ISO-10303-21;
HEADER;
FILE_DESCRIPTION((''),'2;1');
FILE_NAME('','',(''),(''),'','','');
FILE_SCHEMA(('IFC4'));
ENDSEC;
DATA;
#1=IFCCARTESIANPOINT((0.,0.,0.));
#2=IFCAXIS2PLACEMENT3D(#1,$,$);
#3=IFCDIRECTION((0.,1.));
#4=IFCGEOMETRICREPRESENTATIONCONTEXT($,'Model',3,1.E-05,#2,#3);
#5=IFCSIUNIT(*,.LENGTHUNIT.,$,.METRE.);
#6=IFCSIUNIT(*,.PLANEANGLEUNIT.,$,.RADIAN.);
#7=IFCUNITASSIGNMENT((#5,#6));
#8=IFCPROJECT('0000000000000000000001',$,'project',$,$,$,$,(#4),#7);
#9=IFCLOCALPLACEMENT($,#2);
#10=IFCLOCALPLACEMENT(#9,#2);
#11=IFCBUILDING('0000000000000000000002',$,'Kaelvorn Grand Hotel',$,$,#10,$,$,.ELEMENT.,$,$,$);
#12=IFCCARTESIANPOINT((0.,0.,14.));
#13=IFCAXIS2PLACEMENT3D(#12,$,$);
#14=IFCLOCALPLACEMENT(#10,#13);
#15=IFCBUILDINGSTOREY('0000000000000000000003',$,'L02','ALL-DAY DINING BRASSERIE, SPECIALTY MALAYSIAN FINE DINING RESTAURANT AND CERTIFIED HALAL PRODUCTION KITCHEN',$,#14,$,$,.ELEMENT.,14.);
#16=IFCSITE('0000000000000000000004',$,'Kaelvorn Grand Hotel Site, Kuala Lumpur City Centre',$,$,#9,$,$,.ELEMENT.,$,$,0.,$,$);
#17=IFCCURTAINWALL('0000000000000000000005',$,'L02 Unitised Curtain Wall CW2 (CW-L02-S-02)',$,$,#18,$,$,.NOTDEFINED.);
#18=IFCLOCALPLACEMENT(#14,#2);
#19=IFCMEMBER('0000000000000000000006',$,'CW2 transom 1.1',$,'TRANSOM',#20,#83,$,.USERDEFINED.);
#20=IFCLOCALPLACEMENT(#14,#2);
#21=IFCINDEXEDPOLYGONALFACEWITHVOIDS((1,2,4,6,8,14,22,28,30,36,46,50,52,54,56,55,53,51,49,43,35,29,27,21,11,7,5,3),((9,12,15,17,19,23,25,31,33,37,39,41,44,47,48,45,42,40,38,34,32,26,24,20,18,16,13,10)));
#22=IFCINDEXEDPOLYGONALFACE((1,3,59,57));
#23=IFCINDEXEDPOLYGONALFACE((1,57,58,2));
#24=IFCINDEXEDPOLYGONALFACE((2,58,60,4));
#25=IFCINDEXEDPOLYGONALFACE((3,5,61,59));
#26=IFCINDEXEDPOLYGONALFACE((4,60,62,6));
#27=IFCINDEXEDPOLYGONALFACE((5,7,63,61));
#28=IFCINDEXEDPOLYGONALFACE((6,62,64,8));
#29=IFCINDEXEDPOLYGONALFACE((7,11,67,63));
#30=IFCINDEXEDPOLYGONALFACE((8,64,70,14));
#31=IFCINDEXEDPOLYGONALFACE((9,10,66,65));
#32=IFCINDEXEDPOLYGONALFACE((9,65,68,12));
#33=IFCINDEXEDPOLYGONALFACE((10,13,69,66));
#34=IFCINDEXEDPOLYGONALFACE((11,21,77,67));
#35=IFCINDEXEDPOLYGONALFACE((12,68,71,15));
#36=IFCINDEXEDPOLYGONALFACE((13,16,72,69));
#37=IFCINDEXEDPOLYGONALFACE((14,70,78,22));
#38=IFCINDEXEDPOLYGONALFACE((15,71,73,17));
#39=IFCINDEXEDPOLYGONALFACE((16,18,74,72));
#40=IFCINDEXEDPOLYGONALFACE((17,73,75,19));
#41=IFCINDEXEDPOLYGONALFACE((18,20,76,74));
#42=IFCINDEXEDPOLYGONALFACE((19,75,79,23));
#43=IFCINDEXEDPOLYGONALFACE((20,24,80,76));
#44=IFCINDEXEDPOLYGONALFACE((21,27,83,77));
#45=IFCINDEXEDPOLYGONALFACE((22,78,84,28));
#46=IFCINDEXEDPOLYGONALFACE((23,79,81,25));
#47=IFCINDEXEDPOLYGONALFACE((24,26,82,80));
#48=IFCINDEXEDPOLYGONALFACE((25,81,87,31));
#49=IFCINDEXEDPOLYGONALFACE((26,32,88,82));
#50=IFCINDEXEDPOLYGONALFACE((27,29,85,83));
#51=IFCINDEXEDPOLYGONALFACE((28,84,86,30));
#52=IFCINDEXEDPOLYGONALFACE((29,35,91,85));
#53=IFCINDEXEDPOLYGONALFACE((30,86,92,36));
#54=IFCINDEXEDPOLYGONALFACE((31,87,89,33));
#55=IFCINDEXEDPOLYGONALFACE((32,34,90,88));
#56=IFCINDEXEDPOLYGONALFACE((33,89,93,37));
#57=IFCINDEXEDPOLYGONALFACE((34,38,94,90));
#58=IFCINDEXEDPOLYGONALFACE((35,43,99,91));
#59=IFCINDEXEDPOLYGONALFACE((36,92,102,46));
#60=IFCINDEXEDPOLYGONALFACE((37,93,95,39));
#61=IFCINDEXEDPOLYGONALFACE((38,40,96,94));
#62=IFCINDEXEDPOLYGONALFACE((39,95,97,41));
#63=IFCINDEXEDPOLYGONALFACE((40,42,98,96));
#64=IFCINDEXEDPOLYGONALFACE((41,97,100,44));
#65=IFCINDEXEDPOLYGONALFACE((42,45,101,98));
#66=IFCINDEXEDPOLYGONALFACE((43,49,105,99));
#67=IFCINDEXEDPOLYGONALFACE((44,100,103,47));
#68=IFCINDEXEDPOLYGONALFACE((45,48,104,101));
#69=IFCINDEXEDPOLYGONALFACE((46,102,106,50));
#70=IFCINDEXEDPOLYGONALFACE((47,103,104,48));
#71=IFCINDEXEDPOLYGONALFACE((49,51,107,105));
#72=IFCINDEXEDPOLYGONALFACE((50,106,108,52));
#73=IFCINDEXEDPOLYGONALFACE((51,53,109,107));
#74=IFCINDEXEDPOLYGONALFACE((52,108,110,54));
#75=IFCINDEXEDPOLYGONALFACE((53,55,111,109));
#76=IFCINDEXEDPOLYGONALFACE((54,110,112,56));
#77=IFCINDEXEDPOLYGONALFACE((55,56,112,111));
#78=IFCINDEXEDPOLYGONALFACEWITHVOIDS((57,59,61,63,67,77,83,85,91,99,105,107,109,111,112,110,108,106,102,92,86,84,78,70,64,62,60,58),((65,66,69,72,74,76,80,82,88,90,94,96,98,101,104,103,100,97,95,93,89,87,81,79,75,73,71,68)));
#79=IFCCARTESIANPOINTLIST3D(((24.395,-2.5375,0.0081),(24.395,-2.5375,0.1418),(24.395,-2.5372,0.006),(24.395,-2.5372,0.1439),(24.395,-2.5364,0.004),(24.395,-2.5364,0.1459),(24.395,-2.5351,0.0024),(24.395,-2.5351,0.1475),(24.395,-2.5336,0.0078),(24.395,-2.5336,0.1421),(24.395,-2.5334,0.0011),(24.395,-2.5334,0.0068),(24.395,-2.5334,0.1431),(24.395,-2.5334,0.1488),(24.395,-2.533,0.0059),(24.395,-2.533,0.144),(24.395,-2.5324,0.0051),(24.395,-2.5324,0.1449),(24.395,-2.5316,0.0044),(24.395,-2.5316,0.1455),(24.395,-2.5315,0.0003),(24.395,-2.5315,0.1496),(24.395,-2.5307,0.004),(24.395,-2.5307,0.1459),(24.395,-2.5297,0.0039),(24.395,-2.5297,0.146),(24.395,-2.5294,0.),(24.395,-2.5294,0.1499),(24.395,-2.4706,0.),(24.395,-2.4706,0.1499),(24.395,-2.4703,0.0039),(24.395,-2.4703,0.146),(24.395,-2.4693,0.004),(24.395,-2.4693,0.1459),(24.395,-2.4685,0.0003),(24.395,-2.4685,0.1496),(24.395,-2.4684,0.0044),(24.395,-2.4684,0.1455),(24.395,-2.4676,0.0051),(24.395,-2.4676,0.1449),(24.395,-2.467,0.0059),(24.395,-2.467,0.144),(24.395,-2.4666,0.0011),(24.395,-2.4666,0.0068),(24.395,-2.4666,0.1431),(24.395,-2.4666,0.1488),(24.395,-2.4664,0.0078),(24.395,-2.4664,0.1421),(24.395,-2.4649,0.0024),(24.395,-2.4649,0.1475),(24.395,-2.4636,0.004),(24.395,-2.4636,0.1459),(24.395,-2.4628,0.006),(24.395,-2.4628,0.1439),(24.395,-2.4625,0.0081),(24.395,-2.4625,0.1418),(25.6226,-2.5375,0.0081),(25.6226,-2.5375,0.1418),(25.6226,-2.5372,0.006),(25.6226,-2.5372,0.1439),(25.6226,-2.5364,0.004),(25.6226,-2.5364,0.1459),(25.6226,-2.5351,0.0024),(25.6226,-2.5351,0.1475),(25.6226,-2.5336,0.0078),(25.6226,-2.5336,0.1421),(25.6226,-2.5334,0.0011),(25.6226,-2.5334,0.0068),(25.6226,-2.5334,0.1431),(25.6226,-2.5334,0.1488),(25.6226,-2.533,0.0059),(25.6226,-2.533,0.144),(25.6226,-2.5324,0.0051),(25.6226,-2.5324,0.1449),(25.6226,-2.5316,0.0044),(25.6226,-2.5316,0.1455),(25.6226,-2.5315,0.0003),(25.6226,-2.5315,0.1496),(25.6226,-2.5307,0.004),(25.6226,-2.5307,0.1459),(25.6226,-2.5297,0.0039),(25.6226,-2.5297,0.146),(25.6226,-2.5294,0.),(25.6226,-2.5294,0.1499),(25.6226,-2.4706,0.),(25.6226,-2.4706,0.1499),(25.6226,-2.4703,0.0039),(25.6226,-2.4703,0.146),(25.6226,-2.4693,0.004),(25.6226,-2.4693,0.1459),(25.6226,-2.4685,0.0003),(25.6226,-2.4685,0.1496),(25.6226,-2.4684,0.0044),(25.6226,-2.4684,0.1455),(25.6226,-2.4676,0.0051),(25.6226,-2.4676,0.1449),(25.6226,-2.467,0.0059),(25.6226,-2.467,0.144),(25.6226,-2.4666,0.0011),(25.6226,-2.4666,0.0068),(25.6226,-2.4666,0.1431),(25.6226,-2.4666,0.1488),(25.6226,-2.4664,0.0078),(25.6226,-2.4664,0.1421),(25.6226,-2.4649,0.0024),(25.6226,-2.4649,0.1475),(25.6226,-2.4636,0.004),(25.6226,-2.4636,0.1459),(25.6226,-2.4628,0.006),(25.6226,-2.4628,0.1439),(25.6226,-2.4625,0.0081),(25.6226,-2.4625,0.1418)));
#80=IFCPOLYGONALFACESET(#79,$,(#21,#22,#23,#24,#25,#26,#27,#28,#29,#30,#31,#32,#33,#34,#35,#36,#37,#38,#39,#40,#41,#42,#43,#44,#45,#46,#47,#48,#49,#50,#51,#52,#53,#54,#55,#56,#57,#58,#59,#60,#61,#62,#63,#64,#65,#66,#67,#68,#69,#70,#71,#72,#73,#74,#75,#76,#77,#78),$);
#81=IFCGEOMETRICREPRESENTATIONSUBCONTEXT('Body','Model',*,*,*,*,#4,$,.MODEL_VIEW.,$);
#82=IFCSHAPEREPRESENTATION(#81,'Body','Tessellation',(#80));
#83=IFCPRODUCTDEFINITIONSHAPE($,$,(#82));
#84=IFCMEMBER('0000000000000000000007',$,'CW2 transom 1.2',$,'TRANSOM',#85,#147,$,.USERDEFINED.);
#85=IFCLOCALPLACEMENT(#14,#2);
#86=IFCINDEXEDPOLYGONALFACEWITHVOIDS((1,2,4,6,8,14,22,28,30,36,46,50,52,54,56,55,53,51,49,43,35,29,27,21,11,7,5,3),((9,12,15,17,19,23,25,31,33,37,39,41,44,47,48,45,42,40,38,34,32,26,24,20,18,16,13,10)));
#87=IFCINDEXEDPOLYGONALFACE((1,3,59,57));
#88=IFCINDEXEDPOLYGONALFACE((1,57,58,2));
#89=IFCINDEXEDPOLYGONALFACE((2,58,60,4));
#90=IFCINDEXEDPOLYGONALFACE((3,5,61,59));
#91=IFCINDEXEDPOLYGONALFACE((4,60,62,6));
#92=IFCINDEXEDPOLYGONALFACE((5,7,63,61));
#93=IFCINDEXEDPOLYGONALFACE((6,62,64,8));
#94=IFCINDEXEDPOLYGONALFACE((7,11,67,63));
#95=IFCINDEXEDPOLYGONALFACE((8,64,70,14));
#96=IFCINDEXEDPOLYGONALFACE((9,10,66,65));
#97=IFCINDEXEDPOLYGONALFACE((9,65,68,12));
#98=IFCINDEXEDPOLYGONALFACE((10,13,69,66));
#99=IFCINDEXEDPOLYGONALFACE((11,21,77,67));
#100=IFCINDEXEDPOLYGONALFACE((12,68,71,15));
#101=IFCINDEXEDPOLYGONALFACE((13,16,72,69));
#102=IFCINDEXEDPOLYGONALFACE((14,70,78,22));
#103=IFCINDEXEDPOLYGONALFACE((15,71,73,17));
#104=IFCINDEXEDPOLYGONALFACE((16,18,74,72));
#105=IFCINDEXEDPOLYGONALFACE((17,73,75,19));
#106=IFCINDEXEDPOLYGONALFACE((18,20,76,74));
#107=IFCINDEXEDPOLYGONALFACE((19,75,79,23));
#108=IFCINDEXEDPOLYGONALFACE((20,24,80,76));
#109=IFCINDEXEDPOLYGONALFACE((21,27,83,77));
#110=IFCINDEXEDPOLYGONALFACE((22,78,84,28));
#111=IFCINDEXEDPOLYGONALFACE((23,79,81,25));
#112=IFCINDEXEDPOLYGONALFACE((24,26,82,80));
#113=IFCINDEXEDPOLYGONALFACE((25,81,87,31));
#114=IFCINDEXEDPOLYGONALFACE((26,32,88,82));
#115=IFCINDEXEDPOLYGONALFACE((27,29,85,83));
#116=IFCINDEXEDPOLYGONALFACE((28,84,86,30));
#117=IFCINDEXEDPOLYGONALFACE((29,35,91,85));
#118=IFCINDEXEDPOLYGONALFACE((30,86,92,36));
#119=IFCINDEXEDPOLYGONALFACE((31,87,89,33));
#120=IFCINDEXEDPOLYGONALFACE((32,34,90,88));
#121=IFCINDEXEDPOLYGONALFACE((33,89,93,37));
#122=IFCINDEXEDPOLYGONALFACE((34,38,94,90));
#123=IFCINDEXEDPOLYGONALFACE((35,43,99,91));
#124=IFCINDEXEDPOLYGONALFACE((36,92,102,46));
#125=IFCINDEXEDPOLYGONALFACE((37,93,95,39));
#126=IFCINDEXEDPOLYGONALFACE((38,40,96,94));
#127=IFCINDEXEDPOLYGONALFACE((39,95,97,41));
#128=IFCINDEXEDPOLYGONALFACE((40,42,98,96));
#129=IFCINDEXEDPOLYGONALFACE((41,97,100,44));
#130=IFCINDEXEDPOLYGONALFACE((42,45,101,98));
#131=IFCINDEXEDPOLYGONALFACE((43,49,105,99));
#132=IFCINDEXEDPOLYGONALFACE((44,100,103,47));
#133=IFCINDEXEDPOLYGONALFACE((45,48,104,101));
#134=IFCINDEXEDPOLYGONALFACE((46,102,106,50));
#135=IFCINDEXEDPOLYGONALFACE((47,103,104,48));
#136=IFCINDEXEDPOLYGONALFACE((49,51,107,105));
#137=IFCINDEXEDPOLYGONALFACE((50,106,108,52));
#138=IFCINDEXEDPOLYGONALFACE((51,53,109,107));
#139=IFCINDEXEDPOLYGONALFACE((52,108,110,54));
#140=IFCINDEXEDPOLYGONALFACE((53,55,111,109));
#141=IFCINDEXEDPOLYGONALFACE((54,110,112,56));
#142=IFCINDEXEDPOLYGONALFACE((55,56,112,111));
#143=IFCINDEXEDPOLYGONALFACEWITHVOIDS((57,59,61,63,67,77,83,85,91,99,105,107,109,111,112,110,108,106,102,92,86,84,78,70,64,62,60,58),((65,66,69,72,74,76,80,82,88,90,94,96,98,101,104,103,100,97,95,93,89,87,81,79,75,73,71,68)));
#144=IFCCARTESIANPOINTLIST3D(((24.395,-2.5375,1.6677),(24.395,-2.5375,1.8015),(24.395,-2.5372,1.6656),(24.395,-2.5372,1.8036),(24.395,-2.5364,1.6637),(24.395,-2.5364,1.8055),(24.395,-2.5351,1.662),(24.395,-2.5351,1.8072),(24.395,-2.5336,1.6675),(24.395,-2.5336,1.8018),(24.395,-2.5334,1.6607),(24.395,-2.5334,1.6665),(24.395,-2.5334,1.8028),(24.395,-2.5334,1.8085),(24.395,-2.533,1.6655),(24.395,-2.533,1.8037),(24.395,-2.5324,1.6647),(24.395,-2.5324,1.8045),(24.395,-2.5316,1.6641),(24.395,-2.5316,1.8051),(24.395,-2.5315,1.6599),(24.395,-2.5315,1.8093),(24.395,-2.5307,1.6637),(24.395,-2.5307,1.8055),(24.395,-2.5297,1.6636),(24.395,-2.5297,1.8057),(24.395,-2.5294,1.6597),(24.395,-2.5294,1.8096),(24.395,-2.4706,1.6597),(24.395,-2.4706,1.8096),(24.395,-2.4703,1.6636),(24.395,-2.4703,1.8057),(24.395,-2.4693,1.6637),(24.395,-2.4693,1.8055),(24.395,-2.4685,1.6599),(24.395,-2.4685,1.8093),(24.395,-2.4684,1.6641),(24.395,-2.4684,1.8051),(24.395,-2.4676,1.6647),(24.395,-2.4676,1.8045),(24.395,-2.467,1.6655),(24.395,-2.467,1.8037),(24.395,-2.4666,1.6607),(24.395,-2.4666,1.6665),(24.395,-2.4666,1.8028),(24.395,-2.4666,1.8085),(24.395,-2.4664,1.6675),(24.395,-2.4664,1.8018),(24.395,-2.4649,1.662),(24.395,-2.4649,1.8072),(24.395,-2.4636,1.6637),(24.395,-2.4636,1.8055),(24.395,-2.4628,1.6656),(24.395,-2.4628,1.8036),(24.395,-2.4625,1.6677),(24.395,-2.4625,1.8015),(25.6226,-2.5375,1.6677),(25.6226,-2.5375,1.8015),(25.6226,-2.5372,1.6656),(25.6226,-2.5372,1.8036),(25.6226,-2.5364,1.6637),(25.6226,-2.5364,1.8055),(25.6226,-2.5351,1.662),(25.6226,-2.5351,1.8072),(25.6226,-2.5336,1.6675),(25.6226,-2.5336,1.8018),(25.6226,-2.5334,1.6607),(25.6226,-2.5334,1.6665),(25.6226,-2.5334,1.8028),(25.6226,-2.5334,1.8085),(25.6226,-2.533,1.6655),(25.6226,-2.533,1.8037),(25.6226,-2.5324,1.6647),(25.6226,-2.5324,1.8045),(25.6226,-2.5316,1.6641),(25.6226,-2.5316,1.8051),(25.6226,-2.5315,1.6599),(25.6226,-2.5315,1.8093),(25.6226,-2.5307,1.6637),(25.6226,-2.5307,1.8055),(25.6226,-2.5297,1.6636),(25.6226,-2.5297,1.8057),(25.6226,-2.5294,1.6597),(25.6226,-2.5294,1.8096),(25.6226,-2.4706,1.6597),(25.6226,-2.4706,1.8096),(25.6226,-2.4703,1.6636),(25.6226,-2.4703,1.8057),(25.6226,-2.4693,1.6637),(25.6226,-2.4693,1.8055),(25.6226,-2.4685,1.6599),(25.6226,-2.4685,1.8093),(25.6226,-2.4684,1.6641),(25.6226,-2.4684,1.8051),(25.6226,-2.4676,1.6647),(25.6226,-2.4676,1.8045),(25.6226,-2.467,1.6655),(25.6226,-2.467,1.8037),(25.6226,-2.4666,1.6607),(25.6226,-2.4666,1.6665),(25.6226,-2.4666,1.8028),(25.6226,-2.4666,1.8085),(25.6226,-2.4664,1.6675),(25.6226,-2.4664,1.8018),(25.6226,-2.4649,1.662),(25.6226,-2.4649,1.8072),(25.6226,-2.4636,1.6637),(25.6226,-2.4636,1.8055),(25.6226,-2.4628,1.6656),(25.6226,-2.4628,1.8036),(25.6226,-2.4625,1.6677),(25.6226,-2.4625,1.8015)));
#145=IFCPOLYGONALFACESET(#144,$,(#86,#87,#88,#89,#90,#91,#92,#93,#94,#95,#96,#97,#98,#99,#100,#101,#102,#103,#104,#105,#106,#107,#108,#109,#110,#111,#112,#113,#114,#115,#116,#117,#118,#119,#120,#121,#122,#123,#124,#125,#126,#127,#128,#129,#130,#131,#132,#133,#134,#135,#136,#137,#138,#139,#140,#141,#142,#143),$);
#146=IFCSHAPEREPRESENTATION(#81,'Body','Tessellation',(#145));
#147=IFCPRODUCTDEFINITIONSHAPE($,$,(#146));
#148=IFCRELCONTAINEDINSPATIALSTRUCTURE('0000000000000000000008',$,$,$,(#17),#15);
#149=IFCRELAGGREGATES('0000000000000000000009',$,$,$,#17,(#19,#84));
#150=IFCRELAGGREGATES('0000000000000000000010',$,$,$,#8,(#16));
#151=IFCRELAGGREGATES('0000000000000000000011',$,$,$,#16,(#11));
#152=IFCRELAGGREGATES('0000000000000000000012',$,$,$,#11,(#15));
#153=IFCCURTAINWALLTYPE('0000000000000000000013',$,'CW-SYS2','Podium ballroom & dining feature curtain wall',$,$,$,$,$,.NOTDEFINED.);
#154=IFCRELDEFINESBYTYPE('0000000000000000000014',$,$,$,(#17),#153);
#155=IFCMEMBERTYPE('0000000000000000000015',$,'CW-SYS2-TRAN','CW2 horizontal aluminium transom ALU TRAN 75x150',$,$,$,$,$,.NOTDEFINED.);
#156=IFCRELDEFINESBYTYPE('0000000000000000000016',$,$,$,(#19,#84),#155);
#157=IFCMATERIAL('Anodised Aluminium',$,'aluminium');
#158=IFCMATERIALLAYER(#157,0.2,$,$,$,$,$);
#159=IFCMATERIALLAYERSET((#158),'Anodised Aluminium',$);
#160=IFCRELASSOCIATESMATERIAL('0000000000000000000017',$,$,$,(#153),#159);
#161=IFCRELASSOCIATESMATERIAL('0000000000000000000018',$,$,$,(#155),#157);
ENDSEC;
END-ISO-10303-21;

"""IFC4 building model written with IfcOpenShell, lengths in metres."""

from ifc_helpers import new_model, si_unit, direction, frame, origin, origin_2d, place, context, subcontext, project, spatial, hollow_rectangle, extrude, material, layer, layer_set, material_profile, profile_set, type_object, element, aggregate, save


model = new_model("IFC4")

# Units and contexts
model_context = context("Model", 3, precision=1e-05, world=origin(), true_north=direction((0.0, 1.0)))
body_context = subcontext(model_context, "Body", "Model", "MODEL_VIEW")
ifc_project = project(units=[si_unit("LENGTHUNIT", "METRE"), si_unit("PLANEANGLEUNIT", "RADIAN")], contexts=[model_context])

# Site, building, storey
site_placement = place(None, origin())
site = spatial("IfcSite", under=ifc_project, at=site_placement, Name="Kaelvorn Grand Hotel Site, Kuala Lumpur City Centre", CompositionType="ELEMENT", RefElevation=0.0)
building_placement = place(site_placement, origin())
building = spatial("IfcBuilding", under=site, at=building_placement, Name="Kaelvorn Grand Hotel", CompositionType="ELEMENT")
storey_placement = place(building_placement, frame((0.0, 0.0, 14.0)))
storey = spatial("IfcBuildingStorey", under=building, at=storey_placement, Name="L02", Description="ALL-DAY DINING BRASSERIE, SPECIALTY MALAYSIAN FINE DINING RESTAURANT AND CERTIFIED HALAL PRODUCTION KITCHEN", CompositionType="ELEMENT", Elevation=14.0)

# Shared definitions
ifc_material_1 = material(Name="Anodised Aluminium", Category="aluminium")
ifc_layer_1 = layer(ifc_material_1, 0.2)
ifc_layer_set_1 = layer_set([ifc_layer_1], Name="Anodised Aluminium")
curtain_wall_type = type_object("IfcCurtainWallType", Name="CW-SYS2", Description="Podium ballroom & dining feature curtain wall", PredefinedType="NOTDEFINED", material=ifc_layer_set_1)

# Curtain wall
curtain_wall_1_placement = place(storey_placement, origin())
curtain_wall_1 = element("IfcCurtainWall", 1, at=curtain_wall_1_placement, inside=storey, type_object=curtain_wall_type, Name="L02 Unitised Curtain Wall CW2 (CW-L02-S-02)", PredefinedType="NOTDEFINED")

# Members
ifc_material_profile_1 = material_profile(ifc_material_1, hollow_rectangle(XDim=0.075, YDim=0.1499, WallThickness=0.0039, InnerFilletRadius=0.0039, OuterFilletRadius=0.0081, at=origin_2d()), Name="ALU TRAN 75x150")
ifc_profile_set_1 = profile_set([ifc_material_profile_1], Name="Anodised Aluminium")
member_type_1 = type_object("IfcMemberType", Name="CW-SYS2-TRAN", Description="CW2 horizontal aluminium transom ALU TRAN 75x150", PredefinedType="NOTDEFINED", material=ifc_profile_set_1)
member_1_placement = place(storey_placement, frame((24.395, -2.5, 0.075), z_axis=(1.0, 0.0, 0.0), x_axis=(0.0, 1.0, 0.0)))
member_1 = element("IfcMember", 2, at=member_1_placement, type_object=member_type_1, Name="CW2 transom 1.1", ObjectType="TRANSOM", PredefinedType="USERDEFINED", context=body_context, shape_type="SweptSolid", body=[
    extrude(hollow_rectangle(XDim=0.075, YDim=0.1499, WallThickness=0.0039, InnerFilletRadius=0.0039, OuterFilletRadius=0.0081, at=origin_2d()), origin(), (0.0, 0.0, 1.0), 1.2275),
])
member_2_placement = place(storey_placement, frame((24.395, -2.5, 1.7346), z_axis=(1.0, 0.0, 0.0), x_axis=(0.0, 1.0, 0.0)))
member_2 = element("IfcMember", 3, at=member_2_placement, type_object=member_type_1, Name="CW2 transom 1.2", ObjectType="TRANSOM", PredefinedType="USERDEFINED", context=body_context, shape_type="SweptSolid", body=[
    extrude(hollow_rectangle(XDim=0.075, YDim=0.1499, WallThickness=0.0039, InnerFilletRadius=0.0039, OuterFilletRadius=0.0081, at=origin_2d()), origin(), (0.0, 0.0, 1.0), 1.2275),
])

aggregate(curtain_wall_1, [member_1, member_2])

save(model, "model.ifc")
